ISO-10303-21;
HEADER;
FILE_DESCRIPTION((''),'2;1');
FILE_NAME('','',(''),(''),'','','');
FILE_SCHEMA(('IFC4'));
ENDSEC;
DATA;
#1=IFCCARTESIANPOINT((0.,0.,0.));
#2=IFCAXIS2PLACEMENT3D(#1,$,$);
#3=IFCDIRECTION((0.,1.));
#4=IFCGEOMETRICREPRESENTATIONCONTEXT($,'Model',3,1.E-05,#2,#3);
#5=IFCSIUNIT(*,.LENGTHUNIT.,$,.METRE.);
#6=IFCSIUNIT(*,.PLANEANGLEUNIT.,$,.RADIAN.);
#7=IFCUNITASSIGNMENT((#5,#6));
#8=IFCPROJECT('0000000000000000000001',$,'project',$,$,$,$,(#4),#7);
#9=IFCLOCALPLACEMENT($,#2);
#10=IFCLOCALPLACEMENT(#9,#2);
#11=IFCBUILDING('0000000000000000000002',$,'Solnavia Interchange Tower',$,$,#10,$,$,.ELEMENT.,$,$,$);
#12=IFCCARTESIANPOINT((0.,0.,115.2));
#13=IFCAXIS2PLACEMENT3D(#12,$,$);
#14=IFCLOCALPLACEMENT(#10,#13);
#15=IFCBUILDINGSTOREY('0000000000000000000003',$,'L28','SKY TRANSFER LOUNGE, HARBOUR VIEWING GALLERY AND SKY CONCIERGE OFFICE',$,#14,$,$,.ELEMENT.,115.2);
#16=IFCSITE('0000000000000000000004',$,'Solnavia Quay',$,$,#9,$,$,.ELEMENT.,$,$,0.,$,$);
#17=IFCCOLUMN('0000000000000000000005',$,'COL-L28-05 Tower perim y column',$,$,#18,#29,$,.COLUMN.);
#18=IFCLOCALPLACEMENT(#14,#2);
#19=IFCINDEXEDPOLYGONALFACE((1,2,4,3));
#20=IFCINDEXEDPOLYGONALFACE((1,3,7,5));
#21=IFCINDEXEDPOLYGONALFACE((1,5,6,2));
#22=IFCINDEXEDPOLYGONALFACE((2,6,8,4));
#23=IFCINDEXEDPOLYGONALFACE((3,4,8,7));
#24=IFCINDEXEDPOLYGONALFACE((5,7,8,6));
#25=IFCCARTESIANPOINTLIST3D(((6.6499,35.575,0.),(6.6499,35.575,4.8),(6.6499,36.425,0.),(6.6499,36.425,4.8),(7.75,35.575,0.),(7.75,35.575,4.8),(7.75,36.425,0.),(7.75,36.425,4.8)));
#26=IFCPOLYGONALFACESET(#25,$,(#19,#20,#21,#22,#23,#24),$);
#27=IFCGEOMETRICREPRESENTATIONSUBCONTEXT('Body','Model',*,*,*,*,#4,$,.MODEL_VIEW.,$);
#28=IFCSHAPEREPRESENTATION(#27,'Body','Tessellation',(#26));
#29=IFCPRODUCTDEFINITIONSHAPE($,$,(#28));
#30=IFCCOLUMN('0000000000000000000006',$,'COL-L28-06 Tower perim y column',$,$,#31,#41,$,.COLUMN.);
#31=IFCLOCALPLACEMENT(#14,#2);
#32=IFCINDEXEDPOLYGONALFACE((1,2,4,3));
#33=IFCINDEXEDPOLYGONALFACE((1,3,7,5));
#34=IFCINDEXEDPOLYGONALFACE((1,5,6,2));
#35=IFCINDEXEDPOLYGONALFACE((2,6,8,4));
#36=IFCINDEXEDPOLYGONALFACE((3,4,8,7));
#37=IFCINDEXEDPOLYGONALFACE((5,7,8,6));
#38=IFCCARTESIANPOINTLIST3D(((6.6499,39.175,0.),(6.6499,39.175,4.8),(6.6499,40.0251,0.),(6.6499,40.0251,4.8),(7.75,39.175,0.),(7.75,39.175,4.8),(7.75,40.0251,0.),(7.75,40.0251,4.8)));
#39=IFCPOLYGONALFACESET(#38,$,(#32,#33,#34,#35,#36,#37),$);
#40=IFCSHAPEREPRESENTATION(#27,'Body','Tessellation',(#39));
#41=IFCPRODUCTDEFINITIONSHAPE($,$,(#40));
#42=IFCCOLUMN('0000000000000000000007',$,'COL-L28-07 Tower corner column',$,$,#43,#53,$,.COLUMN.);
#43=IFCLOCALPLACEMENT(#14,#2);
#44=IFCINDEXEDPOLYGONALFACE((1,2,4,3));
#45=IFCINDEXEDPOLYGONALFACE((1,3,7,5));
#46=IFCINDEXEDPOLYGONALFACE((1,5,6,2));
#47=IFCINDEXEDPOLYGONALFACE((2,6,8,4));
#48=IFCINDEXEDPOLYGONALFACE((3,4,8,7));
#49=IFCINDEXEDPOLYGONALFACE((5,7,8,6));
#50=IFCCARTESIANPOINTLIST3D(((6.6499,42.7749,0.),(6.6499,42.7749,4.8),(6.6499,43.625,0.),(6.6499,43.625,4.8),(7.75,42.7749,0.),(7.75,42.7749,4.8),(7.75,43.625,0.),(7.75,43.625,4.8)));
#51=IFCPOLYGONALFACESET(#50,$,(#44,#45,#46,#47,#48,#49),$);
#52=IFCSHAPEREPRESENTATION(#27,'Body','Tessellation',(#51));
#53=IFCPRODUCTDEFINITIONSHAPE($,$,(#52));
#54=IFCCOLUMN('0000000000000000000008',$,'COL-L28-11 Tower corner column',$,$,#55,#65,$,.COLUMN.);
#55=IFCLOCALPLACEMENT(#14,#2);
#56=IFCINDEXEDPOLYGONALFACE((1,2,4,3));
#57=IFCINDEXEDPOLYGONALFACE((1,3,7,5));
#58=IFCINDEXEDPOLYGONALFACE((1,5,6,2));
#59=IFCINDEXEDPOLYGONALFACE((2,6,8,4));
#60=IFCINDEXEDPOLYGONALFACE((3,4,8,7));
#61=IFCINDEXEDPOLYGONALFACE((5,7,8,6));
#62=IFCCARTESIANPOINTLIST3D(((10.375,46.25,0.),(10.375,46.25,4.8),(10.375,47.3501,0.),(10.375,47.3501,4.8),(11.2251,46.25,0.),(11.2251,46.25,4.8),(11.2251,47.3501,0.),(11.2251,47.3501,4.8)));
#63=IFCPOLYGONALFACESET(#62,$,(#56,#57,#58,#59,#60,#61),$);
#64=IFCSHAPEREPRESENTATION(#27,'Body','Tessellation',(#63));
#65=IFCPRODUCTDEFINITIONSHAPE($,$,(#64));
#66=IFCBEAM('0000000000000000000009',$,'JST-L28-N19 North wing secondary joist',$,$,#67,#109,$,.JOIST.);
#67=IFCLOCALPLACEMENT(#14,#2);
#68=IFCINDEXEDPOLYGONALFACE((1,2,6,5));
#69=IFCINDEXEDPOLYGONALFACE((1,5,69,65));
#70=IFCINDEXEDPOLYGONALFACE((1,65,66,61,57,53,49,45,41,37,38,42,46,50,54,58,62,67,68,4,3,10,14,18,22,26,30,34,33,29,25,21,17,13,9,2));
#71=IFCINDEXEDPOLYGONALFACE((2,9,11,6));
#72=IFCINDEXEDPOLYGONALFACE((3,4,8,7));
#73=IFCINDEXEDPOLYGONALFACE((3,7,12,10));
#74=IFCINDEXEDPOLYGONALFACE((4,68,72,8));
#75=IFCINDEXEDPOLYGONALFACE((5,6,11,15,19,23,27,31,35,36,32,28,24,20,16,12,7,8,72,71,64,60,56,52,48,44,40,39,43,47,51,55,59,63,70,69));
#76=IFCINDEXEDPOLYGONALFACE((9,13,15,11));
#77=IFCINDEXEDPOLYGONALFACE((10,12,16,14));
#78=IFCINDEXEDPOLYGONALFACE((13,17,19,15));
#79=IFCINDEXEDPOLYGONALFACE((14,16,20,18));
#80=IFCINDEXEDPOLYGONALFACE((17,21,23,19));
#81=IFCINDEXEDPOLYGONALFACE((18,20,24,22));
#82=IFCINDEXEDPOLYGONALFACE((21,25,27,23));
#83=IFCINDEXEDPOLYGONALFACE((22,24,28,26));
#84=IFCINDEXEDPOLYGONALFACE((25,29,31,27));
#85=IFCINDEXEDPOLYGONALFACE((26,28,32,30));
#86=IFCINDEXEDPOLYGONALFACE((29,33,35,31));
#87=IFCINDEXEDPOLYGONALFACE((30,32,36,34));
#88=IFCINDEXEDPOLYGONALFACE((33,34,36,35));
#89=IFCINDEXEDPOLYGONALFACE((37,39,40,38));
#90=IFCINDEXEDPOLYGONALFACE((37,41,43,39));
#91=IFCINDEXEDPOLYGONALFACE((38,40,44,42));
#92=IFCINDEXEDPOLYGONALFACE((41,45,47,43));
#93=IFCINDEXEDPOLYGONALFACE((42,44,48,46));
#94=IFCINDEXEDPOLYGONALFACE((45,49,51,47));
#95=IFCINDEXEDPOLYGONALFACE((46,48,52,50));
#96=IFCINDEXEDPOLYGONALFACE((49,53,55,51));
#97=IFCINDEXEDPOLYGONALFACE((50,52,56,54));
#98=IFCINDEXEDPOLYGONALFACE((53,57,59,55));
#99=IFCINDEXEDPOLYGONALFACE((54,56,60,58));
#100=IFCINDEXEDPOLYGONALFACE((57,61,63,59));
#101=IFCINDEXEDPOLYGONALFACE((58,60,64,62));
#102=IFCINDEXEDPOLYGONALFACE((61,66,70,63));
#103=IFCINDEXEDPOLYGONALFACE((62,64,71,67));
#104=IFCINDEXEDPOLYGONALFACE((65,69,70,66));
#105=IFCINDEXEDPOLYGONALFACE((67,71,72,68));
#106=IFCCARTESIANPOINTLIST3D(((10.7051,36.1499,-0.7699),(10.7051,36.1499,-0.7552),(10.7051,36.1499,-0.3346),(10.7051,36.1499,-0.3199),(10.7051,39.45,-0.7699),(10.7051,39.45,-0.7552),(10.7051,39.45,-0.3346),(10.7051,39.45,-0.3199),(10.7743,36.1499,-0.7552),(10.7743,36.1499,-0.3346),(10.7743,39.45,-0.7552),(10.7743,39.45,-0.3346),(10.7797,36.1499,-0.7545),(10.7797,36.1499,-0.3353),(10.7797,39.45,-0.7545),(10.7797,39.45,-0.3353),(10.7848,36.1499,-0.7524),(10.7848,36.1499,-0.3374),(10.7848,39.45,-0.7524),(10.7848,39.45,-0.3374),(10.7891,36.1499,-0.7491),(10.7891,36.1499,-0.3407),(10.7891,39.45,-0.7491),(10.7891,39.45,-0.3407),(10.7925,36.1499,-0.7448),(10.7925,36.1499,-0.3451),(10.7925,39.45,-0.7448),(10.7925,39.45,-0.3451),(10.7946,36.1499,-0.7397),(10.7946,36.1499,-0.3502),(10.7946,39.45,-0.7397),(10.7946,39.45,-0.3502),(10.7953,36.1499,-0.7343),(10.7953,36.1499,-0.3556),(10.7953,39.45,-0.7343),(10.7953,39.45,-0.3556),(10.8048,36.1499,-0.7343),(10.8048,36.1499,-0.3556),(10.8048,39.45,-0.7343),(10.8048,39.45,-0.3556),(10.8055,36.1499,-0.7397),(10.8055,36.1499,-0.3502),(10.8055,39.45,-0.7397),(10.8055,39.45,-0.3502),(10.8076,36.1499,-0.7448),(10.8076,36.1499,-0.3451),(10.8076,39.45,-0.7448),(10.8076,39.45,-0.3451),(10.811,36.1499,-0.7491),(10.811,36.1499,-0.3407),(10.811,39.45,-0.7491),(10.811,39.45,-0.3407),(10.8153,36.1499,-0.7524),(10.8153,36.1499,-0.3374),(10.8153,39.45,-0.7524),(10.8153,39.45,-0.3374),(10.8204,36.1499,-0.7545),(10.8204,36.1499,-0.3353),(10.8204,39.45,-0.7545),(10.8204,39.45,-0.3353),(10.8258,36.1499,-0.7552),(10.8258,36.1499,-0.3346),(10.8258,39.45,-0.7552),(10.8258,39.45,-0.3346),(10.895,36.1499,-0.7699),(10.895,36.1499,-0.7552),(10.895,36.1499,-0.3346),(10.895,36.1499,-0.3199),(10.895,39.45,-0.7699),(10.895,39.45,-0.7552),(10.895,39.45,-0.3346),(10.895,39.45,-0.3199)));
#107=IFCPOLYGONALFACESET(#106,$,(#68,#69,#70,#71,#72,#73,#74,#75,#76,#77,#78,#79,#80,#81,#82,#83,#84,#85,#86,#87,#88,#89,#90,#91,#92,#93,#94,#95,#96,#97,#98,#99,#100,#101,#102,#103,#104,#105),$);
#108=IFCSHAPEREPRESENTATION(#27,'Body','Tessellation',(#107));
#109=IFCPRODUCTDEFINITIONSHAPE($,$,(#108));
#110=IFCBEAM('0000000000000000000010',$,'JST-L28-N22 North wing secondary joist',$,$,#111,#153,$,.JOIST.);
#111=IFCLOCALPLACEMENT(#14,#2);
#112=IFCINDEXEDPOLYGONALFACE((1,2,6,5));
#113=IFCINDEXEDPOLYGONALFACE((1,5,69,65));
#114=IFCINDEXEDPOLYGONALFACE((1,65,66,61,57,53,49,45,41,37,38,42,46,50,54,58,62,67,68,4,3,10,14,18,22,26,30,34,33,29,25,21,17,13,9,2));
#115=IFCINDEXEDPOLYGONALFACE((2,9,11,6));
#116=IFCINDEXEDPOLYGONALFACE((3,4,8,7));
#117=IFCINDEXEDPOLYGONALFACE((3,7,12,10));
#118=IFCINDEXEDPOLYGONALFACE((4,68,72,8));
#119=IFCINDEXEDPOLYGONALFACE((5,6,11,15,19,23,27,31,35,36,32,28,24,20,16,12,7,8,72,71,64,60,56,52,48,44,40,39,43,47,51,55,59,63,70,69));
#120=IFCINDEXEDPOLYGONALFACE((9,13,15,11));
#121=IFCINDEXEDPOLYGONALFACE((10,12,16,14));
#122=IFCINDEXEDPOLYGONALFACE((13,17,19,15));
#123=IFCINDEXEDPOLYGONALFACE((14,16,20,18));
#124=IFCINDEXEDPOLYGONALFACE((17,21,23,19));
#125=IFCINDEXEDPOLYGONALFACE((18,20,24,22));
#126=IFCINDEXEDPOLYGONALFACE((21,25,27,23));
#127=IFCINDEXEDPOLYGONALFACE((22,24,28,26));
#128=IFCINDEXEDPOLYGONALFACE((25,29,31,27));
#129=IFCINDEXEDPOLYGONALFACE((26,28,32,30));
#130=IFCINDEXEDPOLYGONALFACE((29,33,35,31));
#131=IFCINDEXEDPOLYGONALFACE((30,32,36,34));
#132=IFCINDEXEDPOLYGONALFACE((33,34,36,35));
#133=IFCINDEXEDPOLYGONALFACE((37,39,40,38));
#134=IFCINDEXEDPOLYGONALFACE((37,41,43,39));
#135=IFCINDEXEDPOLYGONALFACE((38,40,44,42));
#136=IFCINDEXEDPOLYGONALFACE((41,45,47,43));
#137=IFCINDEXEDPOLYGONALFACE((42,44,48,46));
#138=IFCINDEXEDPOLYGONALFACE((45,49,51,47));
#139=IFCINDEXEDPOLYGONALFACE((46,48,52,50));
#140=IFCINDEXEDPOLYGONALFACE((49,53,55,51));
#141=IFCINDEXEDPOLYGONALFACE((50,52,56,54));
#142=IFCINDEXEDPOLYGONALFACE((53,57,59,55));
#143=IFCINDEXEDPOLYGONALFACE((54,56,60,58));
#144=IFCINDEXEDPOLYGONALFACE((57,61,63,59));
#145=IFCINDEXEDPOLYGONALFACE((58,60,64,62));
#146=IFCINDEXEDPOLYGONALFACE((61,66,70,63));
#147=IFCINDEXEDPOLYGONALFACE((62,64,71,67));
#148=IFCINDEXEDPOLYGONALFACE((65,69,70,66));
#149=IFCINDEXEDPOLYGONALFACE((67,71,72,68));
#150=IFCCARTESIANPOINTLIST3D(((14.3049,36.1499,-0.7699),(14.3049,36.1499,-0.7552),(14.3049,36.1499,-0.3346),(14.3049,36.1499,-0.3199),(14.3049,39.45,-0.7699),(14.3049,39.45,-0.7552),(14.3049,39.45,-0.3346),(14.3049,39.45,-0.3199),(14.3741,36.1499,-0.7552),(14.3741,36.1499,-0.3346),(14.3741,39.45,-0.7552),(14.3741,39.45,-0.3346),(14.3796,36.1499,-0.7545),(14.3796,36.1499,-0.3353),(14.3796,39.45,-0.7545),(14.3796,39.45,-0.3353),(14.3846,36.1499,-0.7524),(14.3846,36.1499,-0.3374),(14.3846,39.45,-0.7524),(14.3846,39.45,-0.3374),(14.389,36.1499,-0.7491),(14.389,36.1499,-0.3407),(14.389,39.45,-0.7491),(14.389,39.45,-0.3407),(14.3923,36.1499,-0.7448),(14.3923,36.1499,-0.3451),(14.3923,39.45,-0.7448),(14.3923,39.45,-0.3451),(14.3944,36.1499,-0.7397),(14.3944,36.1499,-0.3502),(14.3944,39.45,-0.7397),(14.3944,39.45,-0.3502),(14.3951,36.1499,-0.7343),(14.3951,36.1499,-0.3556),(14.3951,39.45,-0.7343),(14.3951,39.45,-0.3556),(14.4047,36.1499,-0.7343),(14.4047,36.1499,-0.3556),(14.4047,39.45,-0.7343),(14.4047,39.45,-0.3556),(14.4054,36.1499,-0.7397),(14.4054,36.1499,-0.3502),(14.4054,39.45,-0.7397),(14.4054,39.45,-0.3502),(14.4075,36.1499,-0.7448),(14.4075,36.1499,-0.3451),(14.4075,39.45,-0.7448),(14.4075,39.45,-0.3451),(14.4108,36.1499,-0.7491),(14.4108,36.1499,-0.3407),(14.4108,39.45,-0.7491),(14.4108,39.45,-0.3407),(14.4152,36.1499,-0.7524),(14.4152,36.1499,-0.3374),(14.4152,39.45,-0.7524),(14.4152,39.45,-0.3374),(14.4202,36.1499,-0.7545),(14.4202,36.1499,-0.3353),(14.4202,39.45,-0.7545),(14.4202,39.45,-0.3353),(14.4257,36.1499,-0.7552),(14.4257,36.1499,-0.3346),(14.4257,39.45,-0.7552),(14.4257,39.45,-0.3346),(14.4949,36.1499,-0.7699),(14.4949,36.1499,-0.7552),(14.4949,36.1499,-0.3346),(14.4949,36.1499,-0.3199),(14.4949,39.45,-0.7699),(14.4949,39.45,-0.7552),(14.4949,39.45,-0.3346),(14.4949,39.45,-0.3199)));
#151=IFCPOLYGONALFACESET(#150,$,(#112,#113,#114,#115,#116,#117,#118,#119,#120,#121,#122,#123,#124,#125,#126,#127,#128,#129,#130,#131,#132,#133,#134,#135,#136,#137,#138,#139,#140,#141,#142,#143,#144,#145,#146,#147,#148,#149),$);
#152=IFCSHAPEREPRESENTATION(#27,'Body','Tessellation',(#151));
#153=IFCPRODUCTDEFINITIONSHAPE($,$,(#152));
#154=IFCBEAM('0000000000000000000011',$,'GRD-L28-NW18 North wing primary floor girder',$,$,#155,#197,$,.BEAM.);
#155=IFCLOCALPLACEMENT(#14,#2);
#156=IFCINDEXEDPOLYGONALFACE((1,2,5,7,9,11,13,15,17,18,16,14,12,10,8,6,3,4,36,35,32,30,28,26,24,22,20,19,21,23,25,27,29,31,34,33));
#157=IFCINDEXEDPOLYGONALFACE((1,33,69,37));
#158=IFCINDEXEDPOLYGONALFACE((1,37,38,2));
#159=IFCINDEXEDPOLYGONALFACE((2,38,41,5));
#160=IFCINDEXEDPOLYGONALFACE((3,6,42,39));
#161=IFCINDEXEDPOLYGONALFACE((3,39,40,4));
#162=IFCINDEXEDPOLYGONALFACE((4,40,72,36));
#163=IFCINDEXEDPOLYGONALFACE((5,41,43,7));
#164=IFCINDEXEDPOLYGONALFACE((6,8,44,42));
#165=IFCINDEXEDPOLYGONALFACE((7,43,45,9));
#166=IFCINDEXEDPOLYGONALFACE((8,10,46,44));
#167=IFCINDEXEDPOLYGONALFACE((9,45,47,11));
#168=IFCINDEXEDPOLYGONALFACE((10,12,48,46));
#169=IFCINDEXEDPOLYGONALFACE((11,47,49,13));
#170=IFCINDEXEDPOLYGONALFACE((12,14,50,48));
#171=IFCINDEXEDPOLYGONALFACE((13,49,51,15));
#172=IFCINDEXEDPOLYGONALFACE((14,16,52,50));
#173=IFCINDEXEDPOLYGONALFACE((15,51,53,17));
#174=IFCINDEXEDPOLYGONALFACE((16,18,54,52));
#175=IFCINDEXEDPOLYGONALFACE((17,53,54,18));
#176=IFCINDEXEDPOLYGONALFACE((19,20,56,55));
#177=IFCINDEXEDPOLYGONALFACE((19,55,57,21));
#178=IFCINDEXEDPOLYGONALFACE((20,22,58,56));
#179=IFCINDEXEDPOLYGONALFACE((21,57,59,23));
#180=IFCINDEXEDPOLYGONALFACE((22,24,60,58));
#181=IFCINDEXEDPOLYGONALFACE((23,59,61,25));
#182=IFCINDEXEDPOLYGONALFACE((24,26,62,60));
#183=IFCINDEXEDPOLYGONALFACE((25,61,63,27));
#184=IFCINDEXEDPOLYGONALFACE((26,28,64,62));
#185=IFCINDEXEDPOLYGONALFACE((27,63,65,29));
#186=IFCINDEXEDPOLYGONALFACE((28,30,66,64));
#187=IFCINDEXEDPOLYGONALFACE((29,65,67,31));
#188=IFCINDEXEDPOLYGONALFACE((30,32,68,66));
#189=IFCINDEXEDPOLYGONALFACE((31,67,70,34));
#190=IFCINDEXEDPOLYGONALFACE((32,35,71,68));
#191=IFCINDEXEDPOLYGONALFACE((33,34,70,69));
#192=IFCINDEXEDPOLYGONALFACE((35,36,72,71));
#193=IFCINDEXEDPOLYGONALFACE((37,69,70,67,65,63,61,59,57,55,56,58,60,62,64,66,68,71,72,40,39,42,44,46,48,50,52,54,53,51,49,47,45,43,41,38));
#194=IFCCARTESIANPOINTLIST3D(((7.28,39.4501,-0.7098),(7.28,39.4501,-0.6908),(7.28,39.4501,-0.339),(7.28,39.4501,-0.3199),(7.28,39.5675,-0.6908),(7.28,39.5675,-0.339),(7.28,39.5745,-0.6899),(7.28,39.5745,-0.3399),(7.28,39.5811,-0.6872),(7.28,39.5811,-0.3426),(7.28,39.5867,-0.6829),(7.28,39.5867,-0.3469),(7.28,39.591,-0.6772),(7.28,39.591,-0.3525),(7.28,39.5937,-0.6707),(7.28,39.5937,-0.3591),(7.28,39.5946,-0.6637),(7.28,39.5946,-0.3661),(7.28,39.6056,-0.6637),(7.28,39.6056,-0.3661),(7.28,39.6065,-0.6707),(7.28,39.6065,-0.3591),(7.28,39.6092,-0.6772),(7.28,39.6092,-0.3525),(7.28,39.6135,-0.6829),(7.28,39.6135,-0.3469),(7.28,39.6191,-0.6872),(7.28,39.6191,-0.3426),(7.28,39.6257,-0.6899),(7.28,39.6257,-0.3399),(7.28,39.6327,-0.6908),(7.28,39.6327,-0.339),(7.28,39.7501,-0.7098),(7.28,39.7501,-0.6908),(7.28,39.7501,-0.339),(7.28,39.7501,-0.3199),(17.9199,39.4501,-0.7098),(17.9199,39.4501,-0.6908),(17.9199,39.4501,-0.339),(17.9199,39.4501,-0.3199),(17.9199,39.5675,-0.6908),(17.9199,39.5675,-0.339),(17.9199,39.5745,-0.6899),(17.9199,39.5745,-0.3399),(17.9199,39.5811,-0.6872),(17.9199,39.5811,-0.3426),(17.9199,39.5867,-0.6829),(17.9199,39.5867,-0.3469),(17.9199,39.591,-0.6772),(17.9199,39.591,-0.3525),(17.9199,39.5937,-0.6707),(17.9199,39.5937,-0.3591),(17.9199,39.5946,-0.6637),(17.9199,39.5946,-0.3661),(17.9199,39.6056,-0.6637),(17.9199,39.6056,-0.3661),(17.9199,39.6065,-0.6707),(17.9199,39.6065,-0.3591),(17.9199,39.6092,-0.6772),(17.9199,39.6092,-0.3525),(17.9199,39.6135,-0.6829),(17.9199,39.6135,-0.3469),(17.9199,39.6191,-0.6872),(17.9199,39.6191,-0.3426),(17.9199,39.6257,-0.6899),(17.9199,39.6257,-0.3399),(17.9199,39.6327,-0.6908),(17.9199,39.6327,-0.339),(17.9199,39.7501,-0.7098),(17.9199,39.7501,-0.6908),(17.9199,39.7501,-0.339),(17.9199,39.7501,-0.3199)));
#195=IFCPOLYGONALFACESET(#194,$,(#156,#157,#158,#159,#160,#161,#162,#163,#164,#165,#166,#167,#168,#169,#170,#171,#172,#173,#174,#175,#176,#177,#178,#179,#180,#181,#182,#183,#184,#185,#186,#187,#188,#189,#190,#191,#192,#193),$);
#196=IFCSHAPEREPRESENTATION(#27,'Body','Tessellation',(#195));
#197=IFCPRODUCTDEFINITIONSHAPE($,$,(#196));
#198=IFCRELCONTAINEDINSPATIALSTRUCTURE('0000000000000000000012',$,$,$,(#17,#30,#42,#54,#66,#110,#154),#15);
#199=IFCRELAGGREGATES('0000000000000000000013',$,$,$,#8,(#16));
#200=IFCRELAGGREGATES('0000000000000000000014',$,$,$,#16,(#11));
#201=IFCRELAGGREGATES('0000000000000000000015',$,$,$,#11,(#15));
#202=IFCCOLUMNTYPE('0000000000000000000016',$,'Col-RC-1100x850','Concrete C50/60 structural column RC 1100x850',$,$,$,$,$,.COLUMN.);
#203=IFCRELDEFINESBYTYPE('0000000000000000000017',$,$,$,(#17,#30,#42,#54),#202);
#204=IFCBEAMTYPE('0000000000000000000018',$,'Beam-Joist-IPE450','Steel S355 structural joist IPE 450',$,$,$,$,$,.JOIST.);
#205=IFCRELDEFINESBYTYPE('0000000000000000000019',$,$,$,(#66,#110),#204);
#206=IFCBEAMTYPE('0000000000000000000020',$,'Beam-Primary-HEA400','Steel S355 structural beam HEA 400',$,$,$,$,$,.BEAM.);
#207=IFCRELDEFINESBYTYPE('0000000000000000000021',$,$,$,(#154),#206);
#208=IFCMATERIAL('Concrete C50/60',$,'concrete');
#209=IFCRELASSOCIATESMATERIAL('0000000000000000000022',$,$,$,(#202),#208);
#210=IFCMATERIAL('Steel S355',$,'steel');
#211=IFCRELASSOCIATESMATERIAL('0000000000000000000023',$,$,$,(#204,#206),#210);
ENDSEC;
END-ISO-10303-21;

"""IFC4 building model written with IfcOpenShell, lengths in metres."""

from ifc_helpers import new_model, si_unit, direction, frame, origin, origin_2d, place, context, subcontext, project, spatial, rectangle, i_section, extrude, material, material_profile, profile_set, type_object, element, save


model = new_model("IFC4")

# Units and contexts
model_context = context("Model", 3, precision=1e-05, world=origin(), true_north=direction((0.0, 1.0)))
body_context = subcontext(model_context, "Body", "Model", "MODEL_VIEW")
ifc_project = project(units=[si_unit("LENGTHUNIT", "METRE"), si_unit("PLANEANGLEUNIT", "RADIAN")], contexts=[model_context])

# Site, building, storey
site_placement = place(None, origin())
site = spatial("IfcSite", under=ifc_project, at=site_placement, Name="Solnavia Quay", CompositionType="ELEMENT", RefElevation=0.0)
building_placement = place(site_placement, origin())
building = spatial("IfcBuilding", under=site, at=building_placement, Name="Solnavia Interchange Tower", CompositionType="ELEMENT")
storey_placement = place(building_placement, frame((0.0, 0.0, 115.2)))
storey = spatial("IfcBuildingStorey", under=building, at=storey_placement, Name="L28", Description="SKY TRANSFER LOUNGE, HARBOUR VIEWING GALLERY AND SKY CONCIERGE OFFICE", CompositionType="ELEMENT", Elevation=115.2)

# Columns
ifc_material_1 = material(Name="Concrete C50/60", Category="concrete")
ifc_material_profile_1 = material_profile(ifc_material_1, rectangle(XDim=0.8501, YDim=1.1001, at=origin_2d()), Name="RC 1100x850")
ifc_profile_set_1 = profile_set([ifc_material_profile_1], Name="Concrete C50/60")
column_type = type_object("IfcColumnType", Name="Col-RC-1100x850", Description="Concrete C50/60 structural column RC 1100x850", PredefinedType="COLUMN", material=ifc_profile_set_1)
for number, where, z_axis, x_axis, name in (
    (1, (7.2, 36.0, 0.0), (0.0, 0.0, 1.0), (0.0, 1.0, 0.0), "COL-L28-05 Tower perim y column"),
    (2, (7.2, 39.6001, 0.0), (0.0, 0.0, 1.0), (0.0, 1.0, 0.0), "COL-L28-06 Tower perim y column"),
    (3, (7.2, 43.2, 0.0), (0.0, 0.0, 1.0), (0.0, 1.0, 0.0), "COL-L28-07 Tower corner column"),
    (4, (10.8, 46.8, 0.0), (0.0, 0.0, 1.0), (1.0, 0.0, 0.0), "COL-L28-11 Tower corner column"),
):
    element("IfcColumn", number, at=place(storey_placement, frame(where, z_axis=z_axis, x_axis=x_axis)), inside=storey, type_object=column_type, Name=name, PredefinedType="COLUMN", context=body_context, shape_type="SweptSolid", body=[
        extrude(rectangle(XDim=0.8501, YDim=1.1001, at=origin_2d()), origin(), (0.0, 0.0, 1.0), 4.8),
    ])

# Beams
ifc_material_2 = material(Name="Steel S355", Category="steel")
ifc_material_profile_2 = material_profile(ifc_material_2, i_section(OverallWidth=0.1899, OverallDepth=0.45, WebThickness=0.0095, FlangeThickness=0.0146, FilletRadius=0.021, at=origin_2d()), Name="IPE 450")
ifc_profile_set_2 = profile_set([ifc_material_profile_2], Name="Steel S355")
beam_type_1 = type_object("IfcBeamType", Name="Beam-Joist-IPE450", Description="Steel S355 structural joist IPE 450", PredefinedType="JOIST", material=ifc_profile_set_2)
for number, where, z_axis, x_axis, name in (
    (5, (10.8, 36.1499, -0.5449), (0.0, 1.0, 0.0), (-1.0, 0.0, 0.0), "JST-L28-N19 North wing secondary joist"),
    (6, (14.3999, 36.1499, -0.5449), (0.0, 1.0, 0.0), (-1.0, 0.0, 0.0), "JST-L28-N22 North wing secondary joist"),
):
    element("IfcBeam", number, at=place(storey_placement, frame(where, z_axis=z_axis, x_axis=x_axis)), inside=storey, type_object=beam_type_1, Name=name, PredefinedType="JOIST", context=body_context, shape_type="SweptSolid", body=[
        extrude(i_section(OverallWidth=0.1899, OverallDepth=0.45, WebThickness=0.0095, FlangeThickness=0.0146, FilletRadius=0.021, at=origin_2d()), origin(), (0.0, 0.0, 1.0), 3.3),
    ])
ifc_material_profile_3 = material_profile(ifc_material_2, i_section(OverallWidth=0.3, OverallDepth=0.3899, WebThickness=0.011, FlangeThickness=0.019, FilletRadius=0.0271, at=origin_2d()), Name="HEA 400")
ifc_profile_set_3 = profile_set([ifc_material_profile_3], Name="Steel S355")
beam_type_2 = type_object("IfcBeamType", Name="Beam-Primary-HEA400", Description="Steel S355 structural beam HEA 400", PredefinedType="BEAM", material=ifc_profile_set_3)
beam_1_placement = place(storey_placement, frame((7.28, 39.6001, -0.5149), z_axis=(1.0, 0.0, 0.0), x_axis=(0.0, 1.0, 0.0)))
element("IfcBeam", 7, at=beam_1_placement, inside=storey, type_object=beam_type_2, Name="GRD-L28-NW18 North wing primary floor girder", PredefinedType="BEAM", context=body_context, shape_type="SweptSolid", body=[
    extrude(i_section(OverallWidth=0.3, OverallDepth=0.3899, WebThickness=0.011, FlangeThickness=0.019, FilletRadius=0.0271, at=origin_2d()), origin(), (0.0, 0.0, 1.0), 10.6399),
])

save(model, "model.ifc")
